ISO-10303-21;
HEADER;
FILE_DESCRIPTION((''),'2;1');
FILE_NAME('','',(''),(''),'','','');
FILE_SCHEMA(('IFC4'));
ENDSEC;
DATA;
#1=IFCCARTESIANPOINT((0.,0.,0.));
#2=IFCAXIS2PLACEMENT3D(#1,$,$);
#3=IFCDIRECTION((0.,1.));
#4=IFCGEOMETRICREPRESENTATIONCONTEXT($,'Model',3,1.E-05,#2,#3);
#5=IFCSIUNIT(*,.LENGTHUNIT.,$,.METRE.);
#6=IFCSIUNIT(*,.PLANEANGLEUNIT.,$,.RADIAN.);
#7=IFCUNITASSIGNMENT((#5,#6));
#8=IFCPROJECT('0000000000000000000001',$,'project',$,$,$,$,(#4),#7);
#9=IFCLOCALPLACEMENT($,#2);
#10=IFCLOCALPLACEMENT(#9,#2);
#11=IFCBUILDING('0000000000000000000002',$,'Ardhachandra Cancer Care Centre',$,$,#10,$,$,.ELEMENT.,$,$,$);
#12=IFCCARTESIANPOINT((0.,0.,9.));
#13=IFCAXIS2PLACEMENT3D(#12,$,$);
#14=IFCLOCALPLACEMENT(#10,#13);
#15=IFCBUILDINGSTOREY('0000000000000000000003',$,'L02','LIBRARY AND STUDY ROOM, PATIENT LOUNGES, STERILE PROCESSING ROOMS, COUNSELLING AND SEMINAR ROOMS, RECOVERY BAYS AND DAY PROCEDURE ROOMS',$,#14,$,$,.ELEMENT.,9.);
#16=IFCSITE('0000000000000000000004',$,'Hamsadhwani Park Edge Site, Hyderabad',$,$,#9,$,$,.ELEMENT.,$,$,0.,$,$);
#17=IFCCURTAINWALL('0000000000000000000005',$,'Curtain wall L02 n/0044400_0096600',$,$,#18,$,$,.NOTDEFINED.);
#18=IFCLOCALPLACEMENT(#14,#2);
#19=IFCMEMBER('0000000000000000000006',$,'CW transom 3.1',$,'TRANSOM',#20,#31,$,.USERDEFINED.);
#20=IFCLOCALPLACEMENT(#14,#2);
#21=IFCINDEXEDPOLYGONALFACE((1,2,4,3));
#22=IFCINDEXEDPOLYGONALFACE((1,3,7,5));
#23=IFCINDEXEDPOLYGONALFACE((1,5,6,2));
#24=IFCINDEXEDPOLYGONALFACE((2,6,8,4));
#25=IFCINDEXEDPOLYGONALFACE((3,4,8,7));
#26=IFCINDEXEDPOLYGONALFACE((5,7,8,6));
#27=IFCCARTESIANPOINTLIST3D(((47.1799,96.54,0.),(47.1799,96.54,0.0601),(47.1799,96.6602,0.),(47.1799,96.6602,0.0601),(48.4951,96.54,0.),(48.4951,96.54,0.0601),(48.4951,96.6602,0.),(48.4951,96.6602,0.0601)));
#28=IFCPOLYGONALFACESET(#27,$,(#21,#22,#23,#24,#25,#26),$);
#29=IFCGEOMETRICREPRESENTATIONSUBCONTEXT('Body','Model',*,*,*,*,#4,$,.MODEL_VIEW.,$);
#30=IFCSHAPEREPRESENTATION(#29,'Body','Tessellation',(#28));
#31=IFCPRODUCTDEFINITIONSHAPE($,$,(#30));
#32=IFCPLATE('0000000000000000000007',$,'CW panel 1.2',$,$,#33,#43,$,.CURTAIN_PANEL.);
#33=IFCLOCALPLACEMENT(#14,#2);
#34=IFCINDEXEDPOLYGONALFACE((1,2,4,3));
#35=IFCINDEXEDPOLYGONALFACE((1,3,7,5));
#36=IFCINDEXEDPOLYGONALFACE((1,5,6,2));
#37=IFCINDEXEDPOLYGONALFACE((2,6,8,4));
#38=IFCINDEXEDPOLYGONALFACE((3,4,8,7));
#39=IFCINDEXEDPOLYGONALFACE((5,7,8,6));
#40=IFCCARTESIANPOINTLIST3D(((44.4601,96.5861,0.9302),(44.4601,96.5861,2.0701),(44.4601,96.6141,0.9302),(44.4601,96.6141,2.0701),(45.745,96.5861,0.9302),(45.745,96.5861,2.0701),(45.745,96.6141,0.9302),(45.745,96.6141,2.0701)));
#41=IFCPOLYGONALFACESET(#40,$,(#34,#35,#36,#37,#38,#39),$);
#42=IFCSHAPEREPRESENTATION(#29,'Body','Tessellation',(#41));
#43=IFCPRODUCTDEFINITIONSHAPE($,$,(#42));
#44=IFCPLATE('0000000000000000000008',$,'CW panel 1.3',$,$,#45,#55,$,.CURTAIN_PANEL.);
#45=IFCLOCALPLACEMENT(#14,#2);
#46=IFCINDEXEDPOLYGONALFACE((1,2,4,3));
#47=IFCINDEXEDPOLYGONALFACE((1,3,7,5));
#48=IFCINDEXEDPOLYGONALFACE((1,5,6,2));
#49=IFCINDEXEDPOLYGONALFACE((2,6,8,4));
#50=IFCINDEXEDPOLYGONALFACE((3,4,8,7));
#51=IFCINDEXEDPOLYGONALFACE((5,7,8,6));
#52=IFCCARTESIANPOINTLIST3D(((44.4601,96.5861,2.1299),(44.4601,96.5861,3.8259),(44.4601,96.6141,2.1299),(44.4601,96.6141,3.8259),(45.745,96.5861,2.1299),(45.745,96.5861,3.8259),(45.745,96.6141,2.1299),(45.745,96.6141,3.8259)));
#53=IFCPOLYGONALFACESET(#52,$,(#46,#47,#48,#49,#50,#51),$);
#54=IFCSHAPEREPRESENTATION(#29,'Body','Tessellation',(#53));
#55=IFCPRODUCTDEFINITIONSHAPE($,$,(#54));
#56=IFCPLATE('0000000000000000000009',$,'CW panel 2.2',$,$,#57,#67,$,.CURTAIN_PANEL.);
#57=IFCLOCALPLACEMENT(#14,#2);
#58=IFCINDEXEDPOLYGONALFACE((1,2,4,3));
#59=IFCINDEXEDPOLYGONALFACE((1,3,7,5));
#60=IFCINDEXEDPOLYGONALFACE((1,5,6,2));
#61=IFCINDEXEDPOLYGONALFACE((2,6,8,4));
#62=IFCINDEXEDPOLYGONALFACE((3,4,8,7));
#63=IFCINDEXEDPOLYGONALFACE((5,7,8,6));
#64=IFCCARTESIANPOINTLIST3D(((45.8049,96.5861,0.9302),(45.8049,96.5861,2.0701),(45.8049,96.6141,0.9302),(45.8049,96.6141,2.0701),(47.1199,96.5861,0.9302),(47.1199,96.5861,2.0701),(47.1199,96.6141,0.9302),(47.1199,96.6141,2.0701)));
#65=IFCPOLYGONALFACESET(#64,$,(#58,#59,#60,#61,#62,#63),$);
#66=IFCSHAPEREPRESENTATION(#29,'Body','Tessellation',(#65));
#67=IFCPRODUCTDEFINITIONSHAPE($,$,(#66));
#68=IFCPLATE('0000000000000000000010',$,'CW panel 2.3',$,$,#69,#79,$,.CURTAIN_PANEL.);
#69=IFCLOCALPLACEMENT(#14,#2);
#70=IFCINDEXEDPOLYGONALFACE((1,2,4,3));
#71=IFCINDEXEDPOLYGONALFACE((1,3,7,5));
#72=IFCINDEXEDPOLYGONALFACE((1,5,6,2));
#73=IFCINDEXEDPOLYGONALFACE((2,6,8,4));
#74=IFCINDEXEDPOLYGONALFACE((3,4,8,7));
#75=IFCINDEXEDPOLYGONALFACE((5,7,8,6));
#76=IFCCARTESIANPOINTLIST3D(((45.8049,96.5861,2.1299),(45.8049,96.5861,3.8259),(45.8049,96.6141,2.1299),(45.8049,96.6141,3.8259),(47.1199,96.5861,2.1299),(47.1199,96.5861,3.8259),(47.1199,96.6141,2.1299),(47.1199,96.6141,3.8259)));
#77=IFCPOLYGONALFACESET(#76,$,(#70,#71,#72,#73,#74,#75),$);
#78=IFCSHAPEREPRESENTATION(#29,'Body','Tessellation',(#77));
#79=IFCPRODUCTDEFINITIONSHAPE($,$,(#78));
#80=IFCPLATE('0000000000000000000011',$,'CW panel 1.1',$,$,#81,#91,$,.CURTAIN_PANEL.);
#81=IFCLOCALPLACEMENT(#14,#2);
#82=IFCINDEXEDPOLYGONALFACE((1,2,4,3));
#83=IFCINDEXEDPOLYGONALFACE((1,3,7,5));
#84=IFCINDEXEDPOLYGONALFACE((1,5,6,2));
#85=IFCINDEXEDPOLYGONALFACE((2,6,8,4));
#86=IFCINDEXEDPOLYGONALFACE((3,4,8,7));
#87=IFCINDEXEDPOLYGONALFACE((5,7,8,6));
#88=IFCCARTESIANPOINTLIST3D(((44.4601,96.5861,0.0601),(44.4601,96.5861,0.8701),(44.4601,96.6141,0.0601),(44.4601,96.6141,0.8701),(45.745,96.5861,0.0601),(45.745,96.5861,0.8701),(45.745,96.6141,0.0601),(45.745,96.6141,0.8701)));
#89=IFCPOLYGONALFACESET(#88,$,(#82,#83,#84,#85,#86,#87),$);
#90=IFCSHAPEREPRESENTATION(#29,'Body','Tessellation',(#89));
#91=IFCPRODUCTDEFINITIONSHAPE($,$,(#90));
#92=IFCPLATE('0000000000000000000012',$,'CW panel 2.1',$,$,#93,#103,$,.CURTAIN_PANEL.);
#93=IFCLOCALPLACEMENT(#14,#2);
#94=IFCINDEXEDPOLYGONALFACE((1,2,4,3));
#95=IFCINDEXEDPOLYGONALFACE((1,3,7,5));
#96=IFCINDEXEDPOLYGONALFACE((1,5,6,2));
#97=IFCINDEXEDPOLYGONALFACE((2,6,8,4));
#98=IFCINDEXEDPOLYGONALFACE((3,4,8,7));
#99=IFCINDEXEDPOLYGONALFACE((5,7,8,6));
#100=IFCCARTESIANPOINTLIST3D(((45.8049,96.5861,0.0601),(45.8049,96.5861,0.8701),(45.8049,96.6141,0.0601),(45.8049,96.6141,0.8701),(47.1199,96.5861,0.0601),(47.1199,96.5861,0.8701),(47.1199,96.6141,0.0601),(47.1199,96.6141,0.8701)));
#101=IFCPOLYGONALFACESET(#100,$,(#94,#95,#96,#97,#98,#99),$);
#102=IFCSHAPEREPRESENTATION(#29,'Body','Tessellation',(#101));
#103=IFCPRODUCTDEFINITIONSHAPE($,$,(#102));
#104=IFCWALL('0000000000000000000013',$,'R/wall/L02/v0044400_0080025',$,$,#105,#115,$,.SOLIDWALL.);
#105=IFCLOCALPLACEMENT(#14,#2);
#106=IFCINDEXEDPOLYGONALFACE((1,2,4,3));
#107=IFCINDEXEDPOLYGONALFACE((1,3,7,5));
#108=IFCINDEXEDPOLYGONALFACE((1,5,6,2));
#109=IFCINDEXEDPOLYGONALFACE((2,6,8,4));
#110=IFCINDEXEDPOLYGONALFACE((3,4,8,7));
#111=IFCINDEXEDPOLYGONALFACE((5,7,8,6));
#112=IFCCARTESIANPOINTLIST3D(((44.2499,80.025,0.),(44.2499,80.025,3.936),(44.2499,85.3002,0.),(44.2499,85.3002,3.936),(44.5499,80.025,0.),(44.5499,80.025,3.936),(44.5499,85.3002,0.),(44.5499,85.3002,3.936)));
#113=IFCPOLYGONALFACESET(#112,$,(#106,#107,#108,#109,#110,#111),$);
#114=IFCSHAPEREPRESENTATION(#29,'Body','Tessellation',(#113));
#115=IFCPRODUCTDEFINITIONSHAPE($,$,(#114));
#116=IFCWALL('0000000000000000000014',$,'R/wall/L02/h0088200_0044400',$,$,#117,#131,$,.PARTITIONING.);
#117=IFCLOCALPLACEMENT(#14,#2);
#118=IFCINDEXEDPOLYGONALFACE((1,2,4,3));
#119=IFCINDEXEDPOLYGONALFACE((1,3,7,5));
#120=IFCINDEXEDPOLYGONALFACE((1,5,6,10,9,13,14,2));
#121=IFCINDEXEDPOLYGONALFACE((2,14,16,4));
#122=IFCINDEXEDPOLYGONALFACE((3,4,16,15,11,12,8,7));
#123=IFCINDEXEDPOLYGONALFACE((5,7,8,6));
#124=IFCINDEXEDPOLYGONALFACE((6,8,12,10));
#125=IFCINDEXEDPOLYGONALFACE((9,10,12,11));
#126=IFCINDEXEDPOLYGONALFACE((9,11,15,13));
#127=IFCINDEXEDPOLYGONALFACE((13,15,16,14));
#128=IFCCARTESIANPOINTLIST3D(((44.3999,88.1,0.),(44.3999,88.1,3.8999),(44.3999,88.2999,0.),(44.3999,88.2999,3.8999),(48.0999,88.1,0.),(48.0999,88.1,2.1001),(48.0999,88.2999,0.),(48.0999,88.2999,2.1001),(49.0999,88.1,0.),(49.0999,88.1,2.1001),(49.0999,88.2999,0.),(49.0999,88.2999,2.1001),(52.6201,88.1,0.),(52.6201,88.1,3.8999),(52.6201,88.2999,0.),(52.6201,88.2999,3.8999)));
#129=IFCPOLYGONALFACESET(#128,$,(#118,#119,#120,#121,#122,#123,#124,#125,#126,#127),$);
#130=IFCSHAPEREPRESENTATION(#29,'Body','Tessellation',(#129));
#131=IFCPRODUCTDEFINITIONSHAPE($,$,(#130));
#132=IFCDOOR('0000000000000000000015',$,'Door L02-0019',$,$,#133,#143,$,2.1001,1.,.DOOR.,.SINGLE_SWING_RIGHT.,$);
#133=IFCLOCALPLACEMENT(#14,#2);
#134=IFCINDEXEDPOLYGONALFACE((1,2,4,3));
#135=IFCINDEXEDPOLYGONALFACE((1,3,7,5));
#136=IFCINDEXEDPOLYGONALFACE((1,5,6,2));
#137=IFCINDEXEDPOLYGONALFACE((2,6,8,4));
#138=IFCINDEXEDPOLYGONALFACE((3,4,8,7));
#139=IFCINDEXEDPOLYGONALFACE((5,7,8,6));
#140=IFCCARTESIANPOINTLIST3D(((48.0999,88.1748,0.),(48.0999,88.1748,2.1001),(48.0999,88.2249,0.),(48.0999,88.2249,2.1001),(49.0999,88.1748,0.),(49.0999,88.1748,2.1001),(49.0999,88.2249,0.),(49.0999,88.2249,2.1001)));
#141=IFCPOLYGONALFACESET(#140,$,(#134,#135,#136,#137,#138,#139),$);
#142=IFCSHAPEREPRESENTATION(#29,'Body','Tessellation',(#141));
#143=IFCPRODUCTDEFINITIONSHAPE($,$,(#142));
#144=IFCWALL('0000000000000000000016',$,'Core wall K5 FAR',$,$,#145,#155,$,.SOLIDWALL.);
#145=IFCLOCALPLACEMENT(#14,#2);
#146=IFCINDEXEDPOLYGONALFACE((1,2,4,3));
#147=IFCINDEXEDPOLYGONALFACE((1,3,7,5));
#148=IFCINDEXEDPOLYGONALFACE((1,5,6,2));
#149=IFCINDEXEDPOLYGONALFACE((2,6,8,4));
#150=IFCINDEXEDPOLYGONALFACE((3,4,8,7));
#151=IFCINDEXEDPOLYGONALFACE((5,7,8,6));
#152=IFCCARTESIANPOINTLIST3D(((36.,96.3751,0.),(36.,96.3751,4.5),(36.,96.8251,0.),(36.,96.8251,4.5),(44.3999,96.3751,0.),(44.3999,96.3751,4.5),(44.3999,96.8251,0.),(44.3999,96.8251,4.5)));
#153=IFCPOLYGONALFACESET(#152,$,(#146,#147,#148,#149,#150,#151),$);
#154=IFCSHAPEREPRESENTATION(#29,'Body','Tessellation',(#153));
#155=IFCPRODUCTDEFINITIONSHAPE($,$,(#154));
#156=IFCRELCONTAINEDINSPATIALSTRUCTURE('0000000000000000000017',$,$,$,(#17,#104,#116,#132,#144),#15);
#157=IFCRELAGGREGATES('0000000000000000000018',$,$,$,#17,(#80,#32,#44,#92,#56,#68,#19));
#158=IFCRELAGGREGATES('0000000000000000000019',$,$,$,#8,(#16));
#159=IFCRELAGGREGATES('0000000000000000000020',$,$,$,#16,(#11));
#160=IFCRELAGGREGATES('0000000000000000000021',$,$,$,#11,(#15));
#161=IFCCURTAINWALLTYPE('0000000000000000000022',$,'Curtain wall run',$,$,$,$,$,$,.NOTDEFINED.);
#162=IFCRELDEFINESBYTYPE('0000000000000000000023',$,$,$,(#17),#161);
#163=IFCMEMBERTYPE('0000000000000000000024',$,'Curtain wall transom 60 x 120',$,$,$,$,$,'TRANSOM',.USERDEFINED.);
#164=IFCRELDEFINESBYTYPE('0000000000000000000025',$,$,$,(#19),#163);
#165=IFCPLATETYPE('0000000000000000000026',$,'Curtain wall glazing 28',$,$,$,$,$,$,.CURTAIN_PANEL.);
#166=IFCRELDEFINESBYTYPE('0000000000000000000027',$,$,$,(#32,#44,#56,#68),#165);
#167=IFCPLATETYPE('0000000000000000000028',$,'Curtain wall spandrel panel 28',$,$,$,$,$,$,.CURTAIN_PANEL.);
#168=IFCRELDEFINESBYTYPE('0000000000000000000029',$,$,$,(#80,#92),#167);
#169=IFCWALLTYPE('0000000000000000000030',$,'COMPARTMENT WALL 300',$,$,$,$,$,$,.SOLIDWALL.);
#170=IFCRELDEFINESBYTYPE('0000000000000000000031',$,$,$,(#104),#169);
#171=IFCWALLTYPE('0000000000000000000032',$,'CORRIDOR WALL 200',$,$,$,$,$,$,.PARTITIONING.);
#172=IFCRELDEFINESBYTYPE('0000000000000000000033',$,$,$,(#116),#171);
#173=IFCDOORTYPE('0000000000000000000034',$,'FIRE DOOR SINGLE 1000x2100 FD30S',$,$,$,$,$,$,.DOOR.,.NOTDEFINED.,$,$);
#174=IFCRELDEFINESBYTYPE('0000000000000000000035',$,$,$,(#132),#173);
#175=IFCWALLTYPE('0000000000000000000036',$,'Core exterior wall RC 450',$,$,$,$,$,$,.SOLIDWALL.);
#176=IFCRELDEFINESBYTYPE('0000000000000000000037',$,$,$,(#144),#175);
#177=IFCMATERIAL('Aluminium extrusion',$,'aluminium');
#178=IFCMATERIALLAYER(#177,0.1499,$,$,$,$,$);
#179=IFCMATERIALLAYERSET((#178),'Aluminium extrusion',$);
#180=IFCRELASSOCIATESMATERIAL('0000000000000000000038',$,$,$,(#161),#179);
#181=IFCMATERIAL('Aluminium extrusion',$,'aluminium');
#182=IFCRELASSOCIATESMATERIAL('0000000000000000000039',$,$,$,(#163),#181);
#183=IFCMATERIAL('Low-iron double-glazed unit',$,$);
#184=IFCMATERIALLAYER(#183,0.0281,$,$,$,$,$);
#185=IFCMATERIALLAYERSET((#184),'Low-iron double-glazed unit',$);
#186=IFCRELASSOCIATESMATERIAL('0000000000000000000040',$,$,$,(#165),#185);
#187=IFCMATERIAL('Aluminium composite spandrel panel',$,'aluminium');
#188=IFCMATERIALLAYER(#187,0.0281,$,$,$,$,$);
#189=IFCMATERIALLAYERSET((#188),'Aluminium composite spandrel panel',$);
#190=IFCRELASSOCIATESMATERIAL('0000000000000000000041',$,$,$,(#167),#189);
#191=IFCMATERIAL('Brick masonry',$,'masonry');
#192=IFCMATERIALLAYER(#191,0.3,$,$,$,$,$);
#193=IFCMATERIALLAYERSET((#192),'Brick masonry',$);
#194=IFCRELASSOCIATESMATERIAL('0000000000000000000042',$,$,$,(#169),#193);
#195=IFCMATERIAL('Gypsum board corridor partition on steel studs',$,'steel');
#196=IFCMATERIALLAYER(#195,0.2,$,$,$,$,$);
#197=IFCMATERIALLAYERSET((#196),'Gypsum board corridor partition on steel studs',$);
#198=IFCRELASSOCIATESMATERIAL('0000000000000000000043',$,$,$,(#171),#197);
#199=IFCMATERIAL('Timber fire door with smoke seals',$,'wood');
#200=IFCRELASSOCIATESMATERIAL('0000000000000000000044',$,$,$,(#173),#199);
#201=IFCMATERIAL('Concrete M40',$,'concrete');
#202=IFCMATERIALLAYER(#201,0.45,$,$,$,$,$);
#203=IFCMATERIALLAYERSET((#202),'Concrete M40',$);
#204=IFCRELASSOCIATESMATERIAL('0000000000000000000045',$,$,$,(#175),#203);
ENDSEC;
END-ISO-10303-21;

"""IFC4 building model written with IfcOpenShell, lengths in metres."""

from ifc_helpers import new_model, si_unit, direction, frame, frame_2d, origin, origin_2d, place, context, subcontext, project, spatial, rectangle, extrude, material, layer, layer_set, material_profile, profile_set, type_object, element, fill, aggregate, save


model = new_model("IFC4")

# Units and contexts
model_context = context("Model", 3, precision=1e-05, world=origin(), true_north=direction((0.0, 1.0)))
body_context = subcontext(model_context, "Body", "Model", "MODEL_VIEW")
ifc_project = project(units=[si_unit("LENGTHUNIT", "METRE"), si_unit("PLANEANGLEUNIT", "RADIAN")], contexts=[model_context])

# Site, building, storey
site_placement = place(None, origin())
site = spatial("IfcSite", under=ifc_project, at=site_placement, Name="Hamsadhwani Park Edge Site, Hyderabad", CompositionType="ELEMENT", RefElevation=0.0)
building_placement = place(site_placement, origin())
building = spatial("IfcBuilding", under=site, at=building_placement, Name="Ardhachandra Cancer Care Centre", CompositionType="ELEMENT")
storey_placement = place(building_placement, frame((0.0, 0.0, 9.0)))
storey = spatial("IfcBuildingStorey", under=building, at=storey_placement, Name="L02", Description="LIBRARY AND STUDY ROOM, PATIENT LOUNGES, STERILE PROCESSING ROOMS, COUNSELLING AND SEMINAR ROOMS, RECOVERY BAYS AND DAY PROCEDURE ROOMS", CompositionType="ELEMENT", Elevation=9.0)

# Curtain wall, member, plates
ifc_material_1 = material(Name="Aluminium extrusion", Category="aluminium")
ifc_layer_1 = layer(ifc_material_1, 0.1499)
ifc_layer_set_1 = layer_set([ifc_layer_1], Name="Aluminium extrusion")
curtain_wall_type = type_object("IfcCurtainWallType", Name="Curtain wall run", PredefinedType="NOTDEFINED", material=ifc_layer_set_1)
curtain_wall_placement = place(storey_placement, origin())
curtain_wall = element("IfcCurtainWall", 1, at=curtain_wall_placement, inside=storey, type_object=curtain_wall_type, Name="Curtain wall L02 n/0044400_0096600", PredefinedType="NOTDEFINED")
ifc_material_2 = material(Name="Aluminium extrusion", Category="aluminium")
ifc_material_profile_1 = material_profile(ifc_material_2, rectangle(XDim=0.1201, YDim=0.0601, at=origin_2d()), Name="Curtain wall transom 60 x 120")
ifc_profile_set_1 = profile_set([ifc_material_profile_1], Name="Aluminium extrusion")
member_type_1 = type_object("IfcMemberType", Name="Curtain wall transom 60 x 120", ElementType="TRANSOM", PredefinedType="USERDEFINED", material=ifc_profile_set_1)
member_1_placement = place(storey_placement, frame((47.1799, 96.6001, 0.03), z_axis=(1.0, 0.0, 0.0), x_axis=(0.0, 1.0, 0.0)))
member_1 = element("IfcMember", 2, at=member_1_placement, type_object=member_type_1, Name="CW transom 3.1", ObjectType="TRANSOM", PredefinedType="USERDEFINED", context=body_context, shape_type="SweptSolid", body=[
    extrude(rectangle(XDim=0.1201, YDim=0.0601, at=origin_2d()), origin(), (0.0, 0.0, 1.0), 1.3152),
])
ifc_material_3 = material(Name="Low-iron double-glazed unit")
ifc_layer_2 = layer(ifc_material_3, 0.0281)
ifc_layer_set_2 = layer_set([ifc_layer_2], Name="Low-iron double-glazed unit")
plate_type_1 = type_object("IfcPlateType", Name="Curtain wall glazing 28", PredefinedType="CURTAIN_PANEL", material=ifc_layer_set_2)
plate_1_placement = place(storey_placement, frame((45.1025, 96.6001, 0.9302), z_axis=(0.0, 0.0, 1.0), x_axis=(1.0, 0.0, 0.0)))
plate_1 = element("IfcPlate", 3, at=plate_1_placement, type_object=plate_type_1, Name="CW panel 1.2", PredefinedType="CURTAIN_PANEL", context=body_context, shape_type="SweptSolid", body=[
    extrude(rectangle(XDim=1.2849, YDim=0.0281, at=origin_2d()), origin(), (0.0, 0.0, 1.0), 1.1399),
])
plate_2_placement = place(storey_placement, frame((45.1025, 96.6001, 2.1299), z_axis=(0.0, 0.0, 1.0), x_axis=(1.0, 0.0, 0.0)))
plate_2 = element("IfcPlate", 4, at=plate_2_placement, type_object=plate_type_1, Name="CW panel 1.3", PredefinedType="CURTAIN_PANEL", context=body_context, shape_type="SweptSolid", body=[
    extrude(rectangle(XDim=1.2849, YDim=0.0281, at=origin_2d()), origin(), (0.0, 0.0, 1.0), 1.696),
])
plate_3_placement = place(storey_placement, frame((46.4624, 96.6001, 0.9302), z_axis=(0.0, 0.0, 1.0), x_axis=(1.0, 0.0, 0.0)))
plate_3 = element("IfcPlate", 5, at=plate_3_placement, type_object=plate_type_1, Name="CW panel 2.2", PredefinedType="CURTAIN_PANEL", context=body_context, shape_type="SweptSolid", body=[
    extrude(rectangle(XDim=1.3149, YDim=0.0281, at=origin_2d()), origin(), (0.0, 0.0, 1.0), 1.1399),
])
plate_4_placement = place(storey_placement, frame((46.4624, 96.6001, 2.1299), z_axis=(0.0, 0.0, 1.0), x_axis=(1.0, 0.0, 0.0)))
plate_4 = element("IfcPlate", 6, at=plate_4_placement, type_object=plate_type_1, Name="CW panel 2.3", PredefinedType="CURTAIN_PANEL", context=body_context, shape_type="SweptSolid", body=[
    extrude(rectangle(XDim=1.3149, YDim=0.0281, at=origin_2d()), origin(), (0.0, 0.0, 1.0), 1.696),
])
ifc_material_4 = material(Name="Aluminium composite spandrel panel", Category="aluminium")
ifc_layer_3 = layer(ifc_material_4, 0.0281)
ifc_layer_set_3 = layer_set([ifc_layer_3], Name="Aluminium composite spandrel panel")
plate_type_2 = type_object("IfcPlateType", Name="Curtain wall spandrel panel 28", PredefinedType="CURTAIN_PANEL", material=ifc_layer_set_3)
plate_5_placement = place(storey_placement, frame((45.1025, 96.6001, 0.0601), z_axis=(0.0, 0.0, 1.0), x_axis=(1.0, 0.0, 0.0)))
plate_5 = element("IfcPlate", 7, at=plate_5_placement, type_object=plate_type_2, Name="CW panel 1.1", PredefinedType="CURTAIN_PANEL", context=body_context, shape_type="SweptSolid", body=[
    extrude(rectangle(XDim=1.2849, YDim=0.0281, at=origin_2d()), origin(), (0.0, 0.0, 1.0), 0.8101),
])
plate_6_placement = place(storey_placement, frame((46.4624, 96.6001, 0.0601), z_axis=(0.0, 0.0, 1.0), x_axis=(1.0, 0.0, 0.0)))
plate_6 = element("IfcPlate", 8, at=plate_6_placement, type_object=plate_type_2, Name="CW panel 2.1", PredefinedType="CURTAIN_PANEL", context=body_context, shape_type="SweptSolid", body=[
    extrude(rectangle(XDim=1.3149, YDim=0.0281, at=origin_2d()), origin(), (0.0, 0.0, 1.0), 0.8101),
])
aggregate(curtain_wall, [plate_5, plate_1, plate_2, plate_6, plate_3, plate_4, member_1])

# Wall
ifc_material_5 = material(Name="Brick masonry", Category="masonry")
ifc_layer_4 = layer(ifc_material_5, 0.3)
ifc_layer_set_4 = layer_set([ifc_layer_4], Name="Brick masonry")
wall_type_1 = type_object("IfcWallType", Name="COMPARTMENT WALL 300", PredefinedType="SOLIDWALL", material=ifc_layer_set_4)
wall_1_placement = place(storey_placement, frame((44.3999, 80.0249, 0.0), z_axis=(0.0, 0.0, 1.0), x_axis=(0.0, 1.0, 0.0)))
element("IfcWall", 9, at=wall_1_placement, inside=storey, type_object=wall_type_1, Name="R/wall/L02/v0044400_0080025", PredefinedType="SOLIDWALL", context=body_context, shape_type="SweptSolid", body=[
    extrude(rectangle(XDim=5.2751, YDim=0.3, at=frame_2d((2.6377, 0.0))), origin(), (0.0, 0.0, 1.0), 3.936),
])

# Wall, opening, door
ifc_material_6 = material(Name="Gypsum board corridor partition on steel studs", Category="steel")
ifc_layer_5 = layer(ifc_material_6, 0.2)
ifc_layer_set_5 = layer_set([ifc_layer_5], Name="Gypsum board corridor partition on steel studs")
wall_type_2 = type_object("IfcWallType", Name="CORRIDOR WALL 200", PredefinedType="PARTITIONING", material=ifc_layer_set_5)
wall_2_placement = place(storey_placement, frame((44.3999, 88.2, 0.0), z_axis=(0.0, 0.0, 1.0), x_axis=(1.0, 0.0, 0.0)))
wall_2 = element("IfcWall", 10, at=wall_2_placement, inside=storey, type_object=wall_type_2, Name="R/wall/L02/h0088200_0044400", PredefinedType="PARTITIONING", context=body_context, shape_type="SweptSolid", body=[
    extrude(rectangle(XDim=8.2202, YDim=0.2, at=frame_2d((4.1101, 0.0))), origin(), (0.0, 0.0, 1.0), 3.8999),
])
opening_1_placement = place(wall_2_placement, frame((3.7, 0.0, 0.0)))
opening_1 = element("IfcOpeningElement", 11, at=opening_1_placement, cuts=wall_2, PredefinedType="OPENING", context=body_context, shape_type="SweptSolid", body=[
    extrude(rectangle(XDim=1.0, YDim=2.1001, at=frame_2d((0.5, 1.05))), frame((0.0, 0.1099, 0.0), z_axis=(0.0, -1.0, 0.0), x_axis=(1.0, 0.0, 0.0)), (0.0, 0.0, 1.0), 0.22),
])
ifc_material_7 = material(Name="Timber fire door with smoke seals", Category="wood")
door_type_1 = type_object("IfcDoorType", Name="FIRE DOOR SINGLE 1000x2100 FD30S", OperationType="NOTDEFINED", PredefinedType="DOOR", material=ifc_material_7)
door_1_placement = place(opening_1_placement, origin())
door_1 = element("IfcDoor", 12, at=door_1_placement, inside=storey, type_object=door_type_1, Name="Door L02-0019", OperationType="SINGLE_SWING_RIGHT", OverallHeight=2.1001, OverallWidth=1.0, PredefinedType="DOOR", context=body_context, shape_type="SweptSolid", body=[
    extrude(rectangle(XDim=1.0, YDim=2.1001, at=frame_2d((0.5, 1.05))), frame((0.0, 0.0249, 0.0), z_axis=(0.0, -1.0, 0.0), x_axis=(1.0, 0.0, 0.0)), (0.0, 0.0, 1.0), 0.05),
])
fill(opening_1, door_1)

# Wall
ifc_material_8 = material(Name="Concrete M40", Category="concrete")
ifc_layer_6 = layer(ifc_material_8, 0.45)
ifc_layer_set_6 = layer_set([ifc_layer_6], Name="Concrete M40")
wall_type_3 = type_object("IfcWallType", Name="Core exterior wall RC 450", PredefinedType="SOLIDWALL", material=ifc_layer_set_6)
wall_3_placement = place(storey_placement, frame((44.3999, 96.6001, 0.0), z_axis=(0.0, 0.0, 1.0), x_axis=(-1.0, 0.0, 0.0)))
element("IfcWall", 13, at=wall_3_placement, inside=storey, type_object=wall_type_3, Name="Core wall K5 FAR", PredefinedType="SOLIDWALL", context=body_context, shape_type="SweptSolid", body=[
    extrude(rectangle(XDim=8.3999, YDim=0.45, at=frame_2d((4.2, 0.0))), origin(), (0.0, 0.0, 1.0), 4.5),
])

save(model, "model.ifc")
